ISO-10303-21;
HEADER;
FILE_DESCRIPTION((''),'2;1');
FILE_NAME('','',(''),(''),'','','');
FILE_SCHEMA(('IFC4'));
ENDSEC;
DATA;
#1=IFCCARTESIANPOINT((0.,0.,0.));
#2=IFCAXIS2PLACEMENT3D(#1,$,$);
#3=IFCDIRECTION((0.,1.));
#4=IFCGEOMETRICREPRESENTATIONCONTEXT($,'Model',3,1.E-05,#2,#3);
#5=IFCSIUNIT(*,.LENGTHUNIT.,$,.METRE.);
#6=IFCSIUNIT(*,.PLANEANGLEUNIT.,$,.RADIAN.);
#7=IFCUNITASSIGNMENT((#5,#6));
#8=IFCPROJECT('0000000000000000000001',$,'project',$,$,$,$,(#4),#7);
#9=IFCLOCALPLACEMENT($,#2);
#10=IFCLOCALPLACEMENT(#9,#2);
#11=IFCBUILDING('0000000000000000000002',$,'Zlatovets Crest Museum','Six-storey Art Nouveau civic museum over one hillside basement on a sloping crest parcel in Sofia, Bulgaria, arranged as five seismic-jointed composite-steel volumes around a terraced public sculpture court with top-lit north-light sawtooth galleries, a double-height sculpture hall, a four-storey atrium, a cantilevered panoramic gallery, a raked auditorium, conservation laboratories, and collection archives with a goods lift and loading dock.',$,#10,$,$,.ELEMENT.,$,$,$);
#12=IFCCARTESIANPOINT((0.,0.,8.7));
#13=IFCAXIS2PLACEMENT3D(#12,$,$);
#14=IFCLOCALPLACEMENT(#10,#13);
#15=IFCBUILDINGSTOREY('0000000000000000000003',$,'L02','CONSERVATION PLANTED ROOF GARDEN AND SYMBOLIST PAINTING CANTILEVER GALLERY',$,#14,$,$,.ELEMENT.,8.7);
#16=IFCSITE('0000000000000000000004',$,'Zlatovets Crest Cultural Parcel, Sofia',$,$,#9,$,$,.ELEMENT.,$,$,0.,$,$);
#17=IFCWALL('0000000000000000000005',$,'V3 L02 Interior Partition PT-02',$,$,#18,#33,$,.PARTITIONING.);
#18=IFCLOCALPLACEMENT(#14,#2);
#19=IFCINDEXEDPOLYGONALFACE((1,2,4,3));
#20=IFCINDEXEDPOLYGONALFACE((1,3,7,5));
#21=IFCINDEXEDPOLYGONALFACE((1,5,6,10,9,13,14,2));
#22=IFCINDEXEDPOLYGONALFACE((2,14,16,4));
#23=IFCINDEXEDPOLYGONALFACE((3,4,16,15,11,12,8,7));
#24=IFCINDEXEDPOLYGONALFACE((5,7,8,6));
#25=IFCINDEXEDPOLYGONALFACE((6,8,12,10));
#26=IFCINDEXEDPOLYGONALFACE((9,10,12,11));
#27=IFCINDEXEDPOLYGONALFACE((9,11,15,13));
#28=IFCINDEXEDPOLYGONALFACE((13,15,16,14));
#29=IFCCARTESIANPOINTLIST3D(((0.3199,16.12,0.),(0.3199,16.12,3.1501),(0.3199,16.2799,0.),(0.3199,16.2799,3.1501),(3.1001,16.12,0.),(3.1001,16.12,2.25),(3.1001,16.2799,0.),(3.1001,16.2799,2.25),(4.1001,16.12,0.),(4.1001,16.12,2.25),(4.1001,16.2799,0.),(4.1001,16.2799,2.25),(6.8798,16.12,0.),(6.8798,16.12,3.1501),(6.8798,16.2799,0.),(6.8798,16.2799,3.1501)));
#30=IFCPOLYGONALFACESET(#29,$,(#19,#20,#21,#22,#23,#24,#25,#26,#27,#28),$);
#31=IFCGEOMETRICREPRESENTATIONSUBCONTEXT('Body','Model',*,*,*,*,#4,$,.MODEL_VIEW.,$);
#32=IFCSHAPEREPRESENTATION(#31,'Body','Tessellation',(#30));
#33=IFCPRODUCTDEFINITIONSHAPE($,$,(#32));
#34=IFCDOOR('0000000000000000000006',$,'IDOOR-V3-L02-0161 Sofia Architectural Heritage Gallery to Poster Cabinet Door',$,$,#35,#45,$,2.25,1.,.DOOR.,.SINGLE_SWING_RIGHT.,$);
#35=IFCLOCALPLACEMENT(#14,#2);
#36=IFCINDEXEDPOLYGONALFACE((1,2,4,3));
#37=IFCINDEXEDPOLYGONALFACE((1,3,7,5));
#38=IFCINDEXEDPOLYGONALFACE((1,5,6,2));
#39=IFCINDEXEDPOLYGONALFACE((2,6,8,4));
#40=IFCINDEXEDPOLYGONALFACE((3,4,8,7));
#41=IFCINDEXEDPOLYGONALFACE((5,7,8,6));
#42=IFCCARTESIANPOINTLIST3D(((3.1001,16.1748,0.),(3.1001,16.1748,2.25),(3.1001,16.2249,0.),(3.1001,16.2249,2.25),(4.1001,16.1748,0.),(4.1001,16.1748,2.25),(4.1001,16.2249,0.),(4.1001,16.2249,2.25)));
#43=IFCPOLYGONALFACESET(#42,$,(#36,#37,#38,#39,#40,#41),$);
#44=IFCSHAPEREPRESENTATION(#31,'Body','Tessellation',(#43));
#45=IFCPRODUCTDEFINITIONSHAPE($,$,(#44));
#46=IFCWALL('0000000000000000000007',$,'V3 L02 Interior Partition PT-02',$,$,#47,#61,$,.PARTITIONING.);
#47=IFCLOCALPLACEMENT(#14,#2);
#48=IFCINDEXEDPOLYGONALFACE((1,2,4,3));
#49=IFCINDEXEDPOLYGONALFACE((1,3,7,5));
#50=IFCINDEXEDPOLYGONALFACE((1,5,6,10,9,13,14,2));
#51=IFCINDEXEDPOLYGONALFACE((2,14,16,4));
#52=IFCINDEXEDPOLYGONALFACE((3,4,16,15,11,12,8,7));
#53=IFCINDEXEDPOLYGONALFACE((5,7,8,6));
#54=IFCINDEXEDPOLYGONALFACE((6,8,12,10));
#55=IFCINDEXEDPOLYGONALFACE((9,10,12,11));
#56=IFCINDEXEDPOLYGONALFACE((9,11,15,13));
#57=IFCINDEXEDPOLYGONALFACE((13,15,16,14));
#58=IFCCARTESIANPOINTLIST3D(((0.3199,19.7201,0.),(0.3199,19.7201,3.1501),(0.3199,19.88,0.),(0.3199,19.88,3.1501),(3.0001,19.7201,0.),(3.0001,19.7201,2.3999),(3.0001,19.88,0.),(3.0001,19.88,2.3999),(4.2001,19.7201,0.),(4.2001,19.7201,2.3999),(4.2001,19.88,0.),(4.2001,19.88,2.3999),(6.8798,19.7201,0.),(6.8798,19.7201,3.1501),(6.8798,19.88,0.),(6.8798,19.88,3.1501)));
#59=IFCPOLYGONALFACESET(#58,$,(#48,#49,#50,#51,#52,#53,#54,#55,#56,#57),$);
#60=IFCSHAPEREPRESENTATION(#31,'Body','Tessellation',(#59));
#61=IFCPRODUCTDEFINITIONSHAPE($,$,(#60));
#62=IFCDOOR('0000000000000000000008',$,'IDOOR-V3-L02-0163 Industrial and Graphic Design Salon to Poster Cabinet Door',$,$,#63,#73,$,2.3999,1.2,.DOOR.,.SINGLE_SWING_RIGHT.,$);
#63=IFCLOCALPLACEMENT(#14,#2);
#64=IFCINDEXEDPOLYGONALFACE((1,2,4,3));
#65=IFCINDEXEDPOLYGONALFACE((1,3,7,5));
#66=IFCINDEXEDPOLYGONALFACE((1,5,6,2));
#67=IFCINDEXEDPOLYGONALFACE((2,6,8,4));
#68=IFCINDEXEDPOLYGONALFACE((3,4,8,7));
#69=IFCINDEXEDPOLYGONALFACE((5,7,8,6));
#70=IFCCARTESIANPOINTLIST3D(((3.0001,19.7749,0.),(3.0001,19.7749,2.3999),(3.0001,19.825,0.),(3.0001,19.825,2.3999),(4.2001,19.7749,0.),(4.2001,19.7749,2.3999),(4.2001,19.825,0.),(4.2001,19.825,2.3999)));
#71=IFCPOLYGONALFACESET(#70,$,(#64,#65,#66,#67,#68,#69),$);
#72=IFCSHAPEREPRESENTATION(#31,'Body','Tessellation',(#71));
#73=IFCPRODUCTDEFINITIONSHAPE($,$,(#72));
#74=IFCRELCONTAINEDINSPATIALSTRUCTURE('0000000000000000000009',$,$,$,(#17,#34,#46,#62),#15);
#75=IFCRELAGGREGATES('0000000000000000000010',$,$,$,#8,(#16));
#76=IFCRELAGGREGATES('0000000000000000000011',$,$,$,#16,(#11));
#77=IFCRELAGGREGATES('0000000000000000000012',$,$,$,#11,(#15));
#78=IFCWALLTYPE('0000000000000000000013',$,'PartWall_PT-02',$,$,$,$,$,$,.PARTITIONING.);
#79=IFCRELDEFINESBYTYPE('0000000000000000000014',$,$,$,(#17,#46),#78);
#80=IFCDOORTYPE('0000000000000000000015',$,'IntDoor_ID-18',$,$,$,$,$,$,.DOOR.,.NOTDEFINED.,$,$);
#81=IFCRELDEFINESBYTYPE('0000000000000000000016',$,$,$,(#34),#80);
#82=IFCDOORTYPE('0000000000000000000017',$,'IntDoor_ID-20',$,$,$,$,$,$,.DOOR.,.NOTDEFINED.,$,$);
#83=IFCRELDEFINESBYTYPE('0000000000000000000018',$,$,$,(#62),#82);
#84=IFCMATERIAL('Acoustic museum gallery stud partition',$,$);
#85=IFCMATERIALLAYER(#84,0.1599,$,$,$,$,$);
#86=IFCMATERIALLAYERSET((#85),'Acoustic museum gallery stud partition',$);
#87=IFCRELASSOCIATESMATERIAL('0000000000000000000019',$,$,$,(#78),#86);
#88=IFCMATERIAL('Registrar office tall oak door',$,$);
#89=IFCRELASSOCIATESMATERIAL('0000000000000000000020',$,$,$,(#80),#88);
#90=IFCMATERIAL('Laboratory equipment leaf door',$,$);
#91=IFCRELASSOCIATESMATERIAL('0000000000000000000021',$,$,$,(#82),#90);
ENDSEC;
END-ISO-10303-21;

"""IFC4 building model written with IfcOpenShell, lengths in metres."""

from ifc_helpers import new_model, si_unit, direction, frame, frame_2d, origin, place, context, subcontext, project, spatial, rectangle, extrude, material, layer, layer_set, type_object, element, fill, save


model = new_model("IFC4")

# Units and contexts
model_context = context("Model", 3, precision=1e-05, world=origin(), true_north=direction((0.0, 1.0)))
body_context = subcontext(model_context, "Body", "Model", "MODEL_VIEW")
ifc_project = project(units=[si_unit("LENGTHUNIT", "METRE"), si_unit("PLANEANGLEUNIT", "RADIAN")], contexts=[model_context])

# Site, building, storey
site_placement = place(None, origin())
site = spatial("IfcSite", under=ifc_project, at=site_placement, Name="Zlatovets Crest Cultural Parcel, Sofia", CompositionType="ELEMENT", RefElevation=0.0)
building_placement = place(site_placement, origin())
building = spatial("IfcBuilding", under=site, at=building_placement, Name="Zlatovets Crest Museum", Description="Six-storey Art Nouveau civic museum over one hillside basement on a sloping crest parcel in Sofia, Bulgaria, arranged as five seismic-jointed composite-steel volumes around a terraced public sculpture court with top-lit north-light sawtooth galleries, a double-height sculpture hall, a four-storey atrium, a cantilevered panoramic gallery, a raked auditorium, conservation laboratories, and collection archives with a goods lift and loading dock.", CompositionType="ELEMENT")
storey_placement = place(building_placement, frame((0.0, 0.0, 8.7)))
storey = spatial("IfcBuildingStorey", under=building, at=storey_placement, Name="L02", Description="CONSERVATION PLANTED ROOF GARDEN AND SYMBOLIST PAINTING CANTILEVER GALLERY", CompositionType="ELEMENT", Elevation=8.7)

# Walls, openings, doors
ifc_material_1 = material(Name="Acoustic museum gallery stud partition")
ifc_layer_1 = layer(ifc_material_1, 0.1599)
ifc_layer_set_1 = layer_set([ifc_layer_1], Name="Acoustic museum gallery stud partition")
wall_type_1 = type_object("IfcWallType", Name="PartWall_PT-02", PredefinedType="PARTITIONING", material=ifc_layer_set_1)
wall_1_placement = place(storey_placement, frame((0.3201, 16.2, 0.0), z_axis=(0.0, 0.0, 1.0), x_axis=(1.0, 0.0, 0.0)))
wall_1 = element("IfcWall", 1, at=wall_1_placement, inside=storey, type_object=wall_type_1, Name="V3 L02 Interior Partition PT-02", PredefinedType="PARTITIONING", context=body_context, shape_type="SweptSolid", body=[
    extrude(rectangle(XDim=6.5598, YDim=0.1599, at=frame_2d((3.2798, 0.0))), origin(), (0.0, 0.0, 1.0), 3.1501),
])
opening_1_placement = place(wall_1_placement, frame((2.78, 0.0, 0.0)))
opening_1 = element("IfcOpeningElement", 2, at=opening_1_placement, cuts=wall_1, PredefinedType="OPENING", context=body_context, shape_type="SweptSolid", body=[
    extrude(rectangle(XDim=1.0, YDim=2.25, at=frame_2d((0.5, 1.125))), frame((0.0, 0.0898, 0.0), z_axis=(0.0, -1.0, 0.0), x_axis=(1.0, 0.0, 0.0)), (0.0, 0.0, 1.0), 0.1799),
])
ifc_material_2 = material(Name="Registrar office tall oak door")
door_type_1 = type_object("IfcDoorType", Name="IntDoor_ID-18", OperationType="NOTDEFINED", PredefinedType="DOOR", material=ifc_material_2)
door_1_placement = place(opening_1_placement, origin())
door_1 = element("IfcDoor", 3, at=door_1_placement, inside=storey, type_object=door_type_1, Name="IDOOR-V3-L02-0161 Sofia Architectural Heritage Gallery to Poster Cabinet Door", OperationType="SINGLE_SWING_RIGHT", OverallHeight=2.25, OverallWidth=1.0, PredefinedType="DOOR", context=body_context, shape_type="SweptSolid", body=[
    extrude(rectangle(XDim=1.0, YDim=2.25, at=frame_2d((0.5, 1.125))), frame((0.0, 0.0249, 0.0), z_axis=(0.0, -1.0, 0.0), x_axis=(1.0, 0.0, 0.0)), (0.0, 0.0, 1.0), 0.05),
])
fill(opening_1, door_1)
wall_2_placement = place(storey_placement, frame((0.3201, 19.8, 0.0), z_axis=(0.0, 0.0, 1.0), x_axis=(1.0, 0.0, 0.0)))
wall_2 = element("IfcWall", 4, at=wall_2_placement, inside=storey, type_object=wall_type_1, Name="V3 L02 Interior Partition PT-02", PredefinedType="PARTITIONING", context=body_context, shape_type="SweptSolid", body=[
    extrude(rectangle(XDim=6.5598, YDim=0.1599, at=frame_2d((3.2798, 0.0))), origin(), (0.0, 0.0, 1.0), 3.1501),
])
opening_2_placement = place(wall_2_placement, frame((2.6799, 0.0, 0.0)))
opening_2 = element("IfcOpeningElement", 5, at=opening_2_placement, cuts=wall_2, PredefinedType="OPENING", context=body_context, shape_type="SweptSolid", body=[
    extrude(rectangle(XDim=1.2, YDim=2.3999, at=frame_2d((0.6001, 1.2))), frame((0.0, 0.0898, 0.0), z_axis=(0.0, -1.0, 0.0), x_axis=(1.0, 0.0, 0.0)), (0.0, 0.0, 1.0), 0.1799),
])
ifc_material_3 = material(Name="Laboratory equipment leaf door")
door_type_2 = type_object("IfcDoorType", Name="IntDoor_ID-20", OperationType="NOTDEFINED", PredefinedType="DOOR", material=ifc_material_3)
door_2_placement = place(opening_2_placement, origin())
door_2 = element("IfcDoor", 6, at=door_2_placement, inside=storey, type_object=door_type_2, Name="IDOOR-V3-L02-0163 Industrial and Graphic Design Salon to Poster Cabinet Door", OperationType="SINGLE_SWING_RIGHT", OverallHeight=2.3999, OverallWidth=1.2, PredefinedType="DOOR", context=body_context, shape_type="SweptSolid", body=[
    extrude(rectangle(XDim=1.2, YDim=2.3999, at=frame_2d((0.6001, 1.2))), frame((0.0, 0.0249, 0.0), z_axis=(0.0, -1.0, 0.0), x_axis=(1.0, 0.0, 0.0)), (0.0, 0.0, 1.0), 0.05),
])
fill(opening_2, door_2)

save(model, "model.ifc")
